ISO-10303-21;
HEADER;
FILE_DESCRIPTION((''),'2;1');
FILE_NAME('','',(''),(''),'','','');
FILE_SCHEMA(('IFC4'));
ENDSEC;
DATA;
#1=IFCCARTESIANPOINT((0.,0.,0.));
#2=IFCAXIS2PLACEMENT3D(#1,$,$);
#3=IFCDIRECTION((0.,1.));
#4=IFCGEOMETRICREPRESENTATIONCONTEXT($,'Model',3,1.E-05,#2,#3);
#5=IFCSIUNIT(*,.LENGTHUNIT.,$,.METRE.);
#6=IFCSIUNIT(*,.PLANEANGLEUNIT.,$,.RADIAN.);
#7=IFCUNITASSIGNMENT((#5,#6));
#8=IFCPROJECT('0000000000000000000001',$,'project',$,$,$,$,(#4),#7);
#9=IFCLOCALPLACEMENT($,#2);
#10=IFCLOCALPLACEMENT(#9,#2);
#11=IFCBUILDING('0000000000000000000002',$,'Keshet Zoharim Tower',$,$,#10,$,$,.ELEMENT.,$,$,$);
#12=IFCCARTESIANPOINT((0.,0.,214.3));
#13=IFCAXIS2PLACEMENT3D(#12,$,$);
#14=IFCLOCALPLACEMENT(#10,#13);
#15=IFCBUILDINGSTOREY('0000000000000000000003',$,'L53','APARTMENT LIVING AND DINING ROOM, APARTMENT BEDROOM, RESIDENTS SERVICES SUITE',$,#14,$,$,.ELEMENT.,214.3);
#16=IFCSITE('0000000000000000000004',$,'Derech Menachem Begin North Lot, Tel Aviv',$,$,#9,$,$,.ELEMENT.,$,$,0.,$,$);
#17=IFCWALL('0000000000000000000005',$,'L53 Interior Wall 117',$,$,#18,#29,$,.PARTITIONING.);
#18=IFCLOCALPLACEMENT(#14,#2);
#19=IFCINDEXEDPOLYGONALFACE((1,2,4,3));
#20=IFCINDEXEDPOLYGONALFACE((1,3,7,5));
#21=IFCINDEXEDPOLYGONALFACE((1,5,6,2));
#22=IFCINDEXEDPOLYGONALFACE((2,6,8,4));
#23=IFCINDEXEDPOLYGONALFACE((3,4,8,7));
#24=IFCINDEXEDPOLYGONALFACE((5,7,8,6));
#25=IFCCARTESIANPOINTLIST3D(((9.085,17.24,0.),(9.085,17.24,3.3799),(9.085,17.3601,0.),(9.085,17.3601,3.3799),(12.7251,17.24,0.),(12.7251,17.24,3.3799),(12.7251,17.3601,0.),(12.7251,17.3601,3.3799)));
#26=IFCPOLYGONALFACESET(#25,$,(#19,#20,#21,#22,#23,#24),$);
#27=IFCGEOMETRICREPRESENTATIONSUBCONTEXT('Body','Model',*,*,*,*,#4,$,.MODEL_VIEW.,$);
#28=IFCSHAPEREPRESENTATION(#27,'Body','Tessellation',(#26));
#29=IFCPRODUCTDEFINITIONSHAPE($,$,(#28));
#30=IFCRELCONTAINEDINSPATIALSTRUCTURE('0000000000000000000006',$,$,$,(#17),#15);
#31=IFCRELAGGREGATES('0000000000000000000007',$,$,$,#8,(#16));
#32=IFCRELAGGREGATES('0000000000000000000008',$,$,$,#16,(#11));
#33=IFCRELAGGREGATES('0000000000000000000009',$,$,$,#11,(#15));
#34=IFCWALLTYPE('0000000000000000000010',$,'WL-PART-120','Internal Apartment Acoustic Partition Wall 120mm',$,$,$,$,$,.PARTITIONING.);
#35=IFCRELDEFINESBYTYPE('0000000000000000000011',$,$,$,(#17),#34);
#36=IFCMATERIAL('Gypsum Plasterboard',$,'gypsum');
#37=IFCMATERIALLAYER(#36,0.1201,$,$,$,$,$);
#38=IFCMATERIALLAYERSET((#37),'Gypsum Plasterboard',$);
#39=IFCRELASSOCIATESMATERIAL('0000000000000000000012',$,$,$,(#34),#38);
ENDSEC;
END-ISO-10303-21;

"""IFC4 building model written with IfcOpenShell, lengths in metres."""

from ifc_helpers import new_model, si_unit, direction, frame, frame_2d, origin, place, context, subcontext, project, spatial, rectangle, extrude, material, layer, layer_set, type_object, element, save


model = new_model("IFC4")

# Units and contexts
model_context = context("Model", 3, precision=1e-05, world=origin(), true_north=direction((0.0, 1.0)))
body_context = subcontext(model_context, "Body", "Model", "MODEL_VIEW")
ifc_project = project(units=[si_unit("LENGTHUNIT", "METRE"), si_unit("PLANEANGLEUNIT", "RADIAN")], contexts=[model_context])

# Site, building, storey
site_placement = place(None, origin())
site = spatial("IfcSite", under=ifc_project, at=site_placement, Name="Derech Menachem Begin North Lot, Tel Aviv", CompositionType="ELEMENT", RefElevation=0.0)
building_placement = place(site_placement, origin())
building = spatial("IfcBuilding", under=site, at=building_placement, Name="Keshet Zoharim Tower", CompositionType="ELEMENT")
storey_placement = place(building_placement, frame((0.0, 0.0, 214.3)))
storey = spatial("IfcBuildingStorey", under=building, at=storey_placement, Name="L53", Description="APARTMENT LIVING AND DINING ROOM, APARTMENT BEDROOM, RESIDENTS SERVICES SUITE", CompositionType="ELEMENT", Elevation=214.3)

# Shared definitions
ifc_material_1 = material(Name="Gypsum Plasterboard", Category="gypsum")

# Wall
ifc_layer_1 = layer(ifc_material_1, 0.1201)
ifc_layer_set_1 = layer_set([ifc_layer_1], Name="Gypsum Plasterboard")
wall_type_1 = type_object("IfcWallType", Name="WL-PART-120", Description="Internal Apartment Acoustic Partition Wall 120mm", PredefinedType="PARTITIONING", material=ifc_layer_set_1)
wall_1_placement = place(storey_placement, frame((9.085, 17.3, 0.0), z_axis=(0.0, 0.0, 1.0), x_axis=(1.0, 0.0, 0.0)))
element("IfcWall", 1, at=wall_1_placement, inside=storey, type_object=wall_type_1, Name="L53 Interior Wall 117", PredefinedType="PARTITIONING", context=body_context, shape_type="SweptSolid", body=[
    extrude(rectangle(XDim=3.6401, YDim=0.1201, at=frame_2d((1.8201, 0.0))), origin(), (0.0, 0.0, 1.0), 3.3799),
])

save(model, "model.ifc")
